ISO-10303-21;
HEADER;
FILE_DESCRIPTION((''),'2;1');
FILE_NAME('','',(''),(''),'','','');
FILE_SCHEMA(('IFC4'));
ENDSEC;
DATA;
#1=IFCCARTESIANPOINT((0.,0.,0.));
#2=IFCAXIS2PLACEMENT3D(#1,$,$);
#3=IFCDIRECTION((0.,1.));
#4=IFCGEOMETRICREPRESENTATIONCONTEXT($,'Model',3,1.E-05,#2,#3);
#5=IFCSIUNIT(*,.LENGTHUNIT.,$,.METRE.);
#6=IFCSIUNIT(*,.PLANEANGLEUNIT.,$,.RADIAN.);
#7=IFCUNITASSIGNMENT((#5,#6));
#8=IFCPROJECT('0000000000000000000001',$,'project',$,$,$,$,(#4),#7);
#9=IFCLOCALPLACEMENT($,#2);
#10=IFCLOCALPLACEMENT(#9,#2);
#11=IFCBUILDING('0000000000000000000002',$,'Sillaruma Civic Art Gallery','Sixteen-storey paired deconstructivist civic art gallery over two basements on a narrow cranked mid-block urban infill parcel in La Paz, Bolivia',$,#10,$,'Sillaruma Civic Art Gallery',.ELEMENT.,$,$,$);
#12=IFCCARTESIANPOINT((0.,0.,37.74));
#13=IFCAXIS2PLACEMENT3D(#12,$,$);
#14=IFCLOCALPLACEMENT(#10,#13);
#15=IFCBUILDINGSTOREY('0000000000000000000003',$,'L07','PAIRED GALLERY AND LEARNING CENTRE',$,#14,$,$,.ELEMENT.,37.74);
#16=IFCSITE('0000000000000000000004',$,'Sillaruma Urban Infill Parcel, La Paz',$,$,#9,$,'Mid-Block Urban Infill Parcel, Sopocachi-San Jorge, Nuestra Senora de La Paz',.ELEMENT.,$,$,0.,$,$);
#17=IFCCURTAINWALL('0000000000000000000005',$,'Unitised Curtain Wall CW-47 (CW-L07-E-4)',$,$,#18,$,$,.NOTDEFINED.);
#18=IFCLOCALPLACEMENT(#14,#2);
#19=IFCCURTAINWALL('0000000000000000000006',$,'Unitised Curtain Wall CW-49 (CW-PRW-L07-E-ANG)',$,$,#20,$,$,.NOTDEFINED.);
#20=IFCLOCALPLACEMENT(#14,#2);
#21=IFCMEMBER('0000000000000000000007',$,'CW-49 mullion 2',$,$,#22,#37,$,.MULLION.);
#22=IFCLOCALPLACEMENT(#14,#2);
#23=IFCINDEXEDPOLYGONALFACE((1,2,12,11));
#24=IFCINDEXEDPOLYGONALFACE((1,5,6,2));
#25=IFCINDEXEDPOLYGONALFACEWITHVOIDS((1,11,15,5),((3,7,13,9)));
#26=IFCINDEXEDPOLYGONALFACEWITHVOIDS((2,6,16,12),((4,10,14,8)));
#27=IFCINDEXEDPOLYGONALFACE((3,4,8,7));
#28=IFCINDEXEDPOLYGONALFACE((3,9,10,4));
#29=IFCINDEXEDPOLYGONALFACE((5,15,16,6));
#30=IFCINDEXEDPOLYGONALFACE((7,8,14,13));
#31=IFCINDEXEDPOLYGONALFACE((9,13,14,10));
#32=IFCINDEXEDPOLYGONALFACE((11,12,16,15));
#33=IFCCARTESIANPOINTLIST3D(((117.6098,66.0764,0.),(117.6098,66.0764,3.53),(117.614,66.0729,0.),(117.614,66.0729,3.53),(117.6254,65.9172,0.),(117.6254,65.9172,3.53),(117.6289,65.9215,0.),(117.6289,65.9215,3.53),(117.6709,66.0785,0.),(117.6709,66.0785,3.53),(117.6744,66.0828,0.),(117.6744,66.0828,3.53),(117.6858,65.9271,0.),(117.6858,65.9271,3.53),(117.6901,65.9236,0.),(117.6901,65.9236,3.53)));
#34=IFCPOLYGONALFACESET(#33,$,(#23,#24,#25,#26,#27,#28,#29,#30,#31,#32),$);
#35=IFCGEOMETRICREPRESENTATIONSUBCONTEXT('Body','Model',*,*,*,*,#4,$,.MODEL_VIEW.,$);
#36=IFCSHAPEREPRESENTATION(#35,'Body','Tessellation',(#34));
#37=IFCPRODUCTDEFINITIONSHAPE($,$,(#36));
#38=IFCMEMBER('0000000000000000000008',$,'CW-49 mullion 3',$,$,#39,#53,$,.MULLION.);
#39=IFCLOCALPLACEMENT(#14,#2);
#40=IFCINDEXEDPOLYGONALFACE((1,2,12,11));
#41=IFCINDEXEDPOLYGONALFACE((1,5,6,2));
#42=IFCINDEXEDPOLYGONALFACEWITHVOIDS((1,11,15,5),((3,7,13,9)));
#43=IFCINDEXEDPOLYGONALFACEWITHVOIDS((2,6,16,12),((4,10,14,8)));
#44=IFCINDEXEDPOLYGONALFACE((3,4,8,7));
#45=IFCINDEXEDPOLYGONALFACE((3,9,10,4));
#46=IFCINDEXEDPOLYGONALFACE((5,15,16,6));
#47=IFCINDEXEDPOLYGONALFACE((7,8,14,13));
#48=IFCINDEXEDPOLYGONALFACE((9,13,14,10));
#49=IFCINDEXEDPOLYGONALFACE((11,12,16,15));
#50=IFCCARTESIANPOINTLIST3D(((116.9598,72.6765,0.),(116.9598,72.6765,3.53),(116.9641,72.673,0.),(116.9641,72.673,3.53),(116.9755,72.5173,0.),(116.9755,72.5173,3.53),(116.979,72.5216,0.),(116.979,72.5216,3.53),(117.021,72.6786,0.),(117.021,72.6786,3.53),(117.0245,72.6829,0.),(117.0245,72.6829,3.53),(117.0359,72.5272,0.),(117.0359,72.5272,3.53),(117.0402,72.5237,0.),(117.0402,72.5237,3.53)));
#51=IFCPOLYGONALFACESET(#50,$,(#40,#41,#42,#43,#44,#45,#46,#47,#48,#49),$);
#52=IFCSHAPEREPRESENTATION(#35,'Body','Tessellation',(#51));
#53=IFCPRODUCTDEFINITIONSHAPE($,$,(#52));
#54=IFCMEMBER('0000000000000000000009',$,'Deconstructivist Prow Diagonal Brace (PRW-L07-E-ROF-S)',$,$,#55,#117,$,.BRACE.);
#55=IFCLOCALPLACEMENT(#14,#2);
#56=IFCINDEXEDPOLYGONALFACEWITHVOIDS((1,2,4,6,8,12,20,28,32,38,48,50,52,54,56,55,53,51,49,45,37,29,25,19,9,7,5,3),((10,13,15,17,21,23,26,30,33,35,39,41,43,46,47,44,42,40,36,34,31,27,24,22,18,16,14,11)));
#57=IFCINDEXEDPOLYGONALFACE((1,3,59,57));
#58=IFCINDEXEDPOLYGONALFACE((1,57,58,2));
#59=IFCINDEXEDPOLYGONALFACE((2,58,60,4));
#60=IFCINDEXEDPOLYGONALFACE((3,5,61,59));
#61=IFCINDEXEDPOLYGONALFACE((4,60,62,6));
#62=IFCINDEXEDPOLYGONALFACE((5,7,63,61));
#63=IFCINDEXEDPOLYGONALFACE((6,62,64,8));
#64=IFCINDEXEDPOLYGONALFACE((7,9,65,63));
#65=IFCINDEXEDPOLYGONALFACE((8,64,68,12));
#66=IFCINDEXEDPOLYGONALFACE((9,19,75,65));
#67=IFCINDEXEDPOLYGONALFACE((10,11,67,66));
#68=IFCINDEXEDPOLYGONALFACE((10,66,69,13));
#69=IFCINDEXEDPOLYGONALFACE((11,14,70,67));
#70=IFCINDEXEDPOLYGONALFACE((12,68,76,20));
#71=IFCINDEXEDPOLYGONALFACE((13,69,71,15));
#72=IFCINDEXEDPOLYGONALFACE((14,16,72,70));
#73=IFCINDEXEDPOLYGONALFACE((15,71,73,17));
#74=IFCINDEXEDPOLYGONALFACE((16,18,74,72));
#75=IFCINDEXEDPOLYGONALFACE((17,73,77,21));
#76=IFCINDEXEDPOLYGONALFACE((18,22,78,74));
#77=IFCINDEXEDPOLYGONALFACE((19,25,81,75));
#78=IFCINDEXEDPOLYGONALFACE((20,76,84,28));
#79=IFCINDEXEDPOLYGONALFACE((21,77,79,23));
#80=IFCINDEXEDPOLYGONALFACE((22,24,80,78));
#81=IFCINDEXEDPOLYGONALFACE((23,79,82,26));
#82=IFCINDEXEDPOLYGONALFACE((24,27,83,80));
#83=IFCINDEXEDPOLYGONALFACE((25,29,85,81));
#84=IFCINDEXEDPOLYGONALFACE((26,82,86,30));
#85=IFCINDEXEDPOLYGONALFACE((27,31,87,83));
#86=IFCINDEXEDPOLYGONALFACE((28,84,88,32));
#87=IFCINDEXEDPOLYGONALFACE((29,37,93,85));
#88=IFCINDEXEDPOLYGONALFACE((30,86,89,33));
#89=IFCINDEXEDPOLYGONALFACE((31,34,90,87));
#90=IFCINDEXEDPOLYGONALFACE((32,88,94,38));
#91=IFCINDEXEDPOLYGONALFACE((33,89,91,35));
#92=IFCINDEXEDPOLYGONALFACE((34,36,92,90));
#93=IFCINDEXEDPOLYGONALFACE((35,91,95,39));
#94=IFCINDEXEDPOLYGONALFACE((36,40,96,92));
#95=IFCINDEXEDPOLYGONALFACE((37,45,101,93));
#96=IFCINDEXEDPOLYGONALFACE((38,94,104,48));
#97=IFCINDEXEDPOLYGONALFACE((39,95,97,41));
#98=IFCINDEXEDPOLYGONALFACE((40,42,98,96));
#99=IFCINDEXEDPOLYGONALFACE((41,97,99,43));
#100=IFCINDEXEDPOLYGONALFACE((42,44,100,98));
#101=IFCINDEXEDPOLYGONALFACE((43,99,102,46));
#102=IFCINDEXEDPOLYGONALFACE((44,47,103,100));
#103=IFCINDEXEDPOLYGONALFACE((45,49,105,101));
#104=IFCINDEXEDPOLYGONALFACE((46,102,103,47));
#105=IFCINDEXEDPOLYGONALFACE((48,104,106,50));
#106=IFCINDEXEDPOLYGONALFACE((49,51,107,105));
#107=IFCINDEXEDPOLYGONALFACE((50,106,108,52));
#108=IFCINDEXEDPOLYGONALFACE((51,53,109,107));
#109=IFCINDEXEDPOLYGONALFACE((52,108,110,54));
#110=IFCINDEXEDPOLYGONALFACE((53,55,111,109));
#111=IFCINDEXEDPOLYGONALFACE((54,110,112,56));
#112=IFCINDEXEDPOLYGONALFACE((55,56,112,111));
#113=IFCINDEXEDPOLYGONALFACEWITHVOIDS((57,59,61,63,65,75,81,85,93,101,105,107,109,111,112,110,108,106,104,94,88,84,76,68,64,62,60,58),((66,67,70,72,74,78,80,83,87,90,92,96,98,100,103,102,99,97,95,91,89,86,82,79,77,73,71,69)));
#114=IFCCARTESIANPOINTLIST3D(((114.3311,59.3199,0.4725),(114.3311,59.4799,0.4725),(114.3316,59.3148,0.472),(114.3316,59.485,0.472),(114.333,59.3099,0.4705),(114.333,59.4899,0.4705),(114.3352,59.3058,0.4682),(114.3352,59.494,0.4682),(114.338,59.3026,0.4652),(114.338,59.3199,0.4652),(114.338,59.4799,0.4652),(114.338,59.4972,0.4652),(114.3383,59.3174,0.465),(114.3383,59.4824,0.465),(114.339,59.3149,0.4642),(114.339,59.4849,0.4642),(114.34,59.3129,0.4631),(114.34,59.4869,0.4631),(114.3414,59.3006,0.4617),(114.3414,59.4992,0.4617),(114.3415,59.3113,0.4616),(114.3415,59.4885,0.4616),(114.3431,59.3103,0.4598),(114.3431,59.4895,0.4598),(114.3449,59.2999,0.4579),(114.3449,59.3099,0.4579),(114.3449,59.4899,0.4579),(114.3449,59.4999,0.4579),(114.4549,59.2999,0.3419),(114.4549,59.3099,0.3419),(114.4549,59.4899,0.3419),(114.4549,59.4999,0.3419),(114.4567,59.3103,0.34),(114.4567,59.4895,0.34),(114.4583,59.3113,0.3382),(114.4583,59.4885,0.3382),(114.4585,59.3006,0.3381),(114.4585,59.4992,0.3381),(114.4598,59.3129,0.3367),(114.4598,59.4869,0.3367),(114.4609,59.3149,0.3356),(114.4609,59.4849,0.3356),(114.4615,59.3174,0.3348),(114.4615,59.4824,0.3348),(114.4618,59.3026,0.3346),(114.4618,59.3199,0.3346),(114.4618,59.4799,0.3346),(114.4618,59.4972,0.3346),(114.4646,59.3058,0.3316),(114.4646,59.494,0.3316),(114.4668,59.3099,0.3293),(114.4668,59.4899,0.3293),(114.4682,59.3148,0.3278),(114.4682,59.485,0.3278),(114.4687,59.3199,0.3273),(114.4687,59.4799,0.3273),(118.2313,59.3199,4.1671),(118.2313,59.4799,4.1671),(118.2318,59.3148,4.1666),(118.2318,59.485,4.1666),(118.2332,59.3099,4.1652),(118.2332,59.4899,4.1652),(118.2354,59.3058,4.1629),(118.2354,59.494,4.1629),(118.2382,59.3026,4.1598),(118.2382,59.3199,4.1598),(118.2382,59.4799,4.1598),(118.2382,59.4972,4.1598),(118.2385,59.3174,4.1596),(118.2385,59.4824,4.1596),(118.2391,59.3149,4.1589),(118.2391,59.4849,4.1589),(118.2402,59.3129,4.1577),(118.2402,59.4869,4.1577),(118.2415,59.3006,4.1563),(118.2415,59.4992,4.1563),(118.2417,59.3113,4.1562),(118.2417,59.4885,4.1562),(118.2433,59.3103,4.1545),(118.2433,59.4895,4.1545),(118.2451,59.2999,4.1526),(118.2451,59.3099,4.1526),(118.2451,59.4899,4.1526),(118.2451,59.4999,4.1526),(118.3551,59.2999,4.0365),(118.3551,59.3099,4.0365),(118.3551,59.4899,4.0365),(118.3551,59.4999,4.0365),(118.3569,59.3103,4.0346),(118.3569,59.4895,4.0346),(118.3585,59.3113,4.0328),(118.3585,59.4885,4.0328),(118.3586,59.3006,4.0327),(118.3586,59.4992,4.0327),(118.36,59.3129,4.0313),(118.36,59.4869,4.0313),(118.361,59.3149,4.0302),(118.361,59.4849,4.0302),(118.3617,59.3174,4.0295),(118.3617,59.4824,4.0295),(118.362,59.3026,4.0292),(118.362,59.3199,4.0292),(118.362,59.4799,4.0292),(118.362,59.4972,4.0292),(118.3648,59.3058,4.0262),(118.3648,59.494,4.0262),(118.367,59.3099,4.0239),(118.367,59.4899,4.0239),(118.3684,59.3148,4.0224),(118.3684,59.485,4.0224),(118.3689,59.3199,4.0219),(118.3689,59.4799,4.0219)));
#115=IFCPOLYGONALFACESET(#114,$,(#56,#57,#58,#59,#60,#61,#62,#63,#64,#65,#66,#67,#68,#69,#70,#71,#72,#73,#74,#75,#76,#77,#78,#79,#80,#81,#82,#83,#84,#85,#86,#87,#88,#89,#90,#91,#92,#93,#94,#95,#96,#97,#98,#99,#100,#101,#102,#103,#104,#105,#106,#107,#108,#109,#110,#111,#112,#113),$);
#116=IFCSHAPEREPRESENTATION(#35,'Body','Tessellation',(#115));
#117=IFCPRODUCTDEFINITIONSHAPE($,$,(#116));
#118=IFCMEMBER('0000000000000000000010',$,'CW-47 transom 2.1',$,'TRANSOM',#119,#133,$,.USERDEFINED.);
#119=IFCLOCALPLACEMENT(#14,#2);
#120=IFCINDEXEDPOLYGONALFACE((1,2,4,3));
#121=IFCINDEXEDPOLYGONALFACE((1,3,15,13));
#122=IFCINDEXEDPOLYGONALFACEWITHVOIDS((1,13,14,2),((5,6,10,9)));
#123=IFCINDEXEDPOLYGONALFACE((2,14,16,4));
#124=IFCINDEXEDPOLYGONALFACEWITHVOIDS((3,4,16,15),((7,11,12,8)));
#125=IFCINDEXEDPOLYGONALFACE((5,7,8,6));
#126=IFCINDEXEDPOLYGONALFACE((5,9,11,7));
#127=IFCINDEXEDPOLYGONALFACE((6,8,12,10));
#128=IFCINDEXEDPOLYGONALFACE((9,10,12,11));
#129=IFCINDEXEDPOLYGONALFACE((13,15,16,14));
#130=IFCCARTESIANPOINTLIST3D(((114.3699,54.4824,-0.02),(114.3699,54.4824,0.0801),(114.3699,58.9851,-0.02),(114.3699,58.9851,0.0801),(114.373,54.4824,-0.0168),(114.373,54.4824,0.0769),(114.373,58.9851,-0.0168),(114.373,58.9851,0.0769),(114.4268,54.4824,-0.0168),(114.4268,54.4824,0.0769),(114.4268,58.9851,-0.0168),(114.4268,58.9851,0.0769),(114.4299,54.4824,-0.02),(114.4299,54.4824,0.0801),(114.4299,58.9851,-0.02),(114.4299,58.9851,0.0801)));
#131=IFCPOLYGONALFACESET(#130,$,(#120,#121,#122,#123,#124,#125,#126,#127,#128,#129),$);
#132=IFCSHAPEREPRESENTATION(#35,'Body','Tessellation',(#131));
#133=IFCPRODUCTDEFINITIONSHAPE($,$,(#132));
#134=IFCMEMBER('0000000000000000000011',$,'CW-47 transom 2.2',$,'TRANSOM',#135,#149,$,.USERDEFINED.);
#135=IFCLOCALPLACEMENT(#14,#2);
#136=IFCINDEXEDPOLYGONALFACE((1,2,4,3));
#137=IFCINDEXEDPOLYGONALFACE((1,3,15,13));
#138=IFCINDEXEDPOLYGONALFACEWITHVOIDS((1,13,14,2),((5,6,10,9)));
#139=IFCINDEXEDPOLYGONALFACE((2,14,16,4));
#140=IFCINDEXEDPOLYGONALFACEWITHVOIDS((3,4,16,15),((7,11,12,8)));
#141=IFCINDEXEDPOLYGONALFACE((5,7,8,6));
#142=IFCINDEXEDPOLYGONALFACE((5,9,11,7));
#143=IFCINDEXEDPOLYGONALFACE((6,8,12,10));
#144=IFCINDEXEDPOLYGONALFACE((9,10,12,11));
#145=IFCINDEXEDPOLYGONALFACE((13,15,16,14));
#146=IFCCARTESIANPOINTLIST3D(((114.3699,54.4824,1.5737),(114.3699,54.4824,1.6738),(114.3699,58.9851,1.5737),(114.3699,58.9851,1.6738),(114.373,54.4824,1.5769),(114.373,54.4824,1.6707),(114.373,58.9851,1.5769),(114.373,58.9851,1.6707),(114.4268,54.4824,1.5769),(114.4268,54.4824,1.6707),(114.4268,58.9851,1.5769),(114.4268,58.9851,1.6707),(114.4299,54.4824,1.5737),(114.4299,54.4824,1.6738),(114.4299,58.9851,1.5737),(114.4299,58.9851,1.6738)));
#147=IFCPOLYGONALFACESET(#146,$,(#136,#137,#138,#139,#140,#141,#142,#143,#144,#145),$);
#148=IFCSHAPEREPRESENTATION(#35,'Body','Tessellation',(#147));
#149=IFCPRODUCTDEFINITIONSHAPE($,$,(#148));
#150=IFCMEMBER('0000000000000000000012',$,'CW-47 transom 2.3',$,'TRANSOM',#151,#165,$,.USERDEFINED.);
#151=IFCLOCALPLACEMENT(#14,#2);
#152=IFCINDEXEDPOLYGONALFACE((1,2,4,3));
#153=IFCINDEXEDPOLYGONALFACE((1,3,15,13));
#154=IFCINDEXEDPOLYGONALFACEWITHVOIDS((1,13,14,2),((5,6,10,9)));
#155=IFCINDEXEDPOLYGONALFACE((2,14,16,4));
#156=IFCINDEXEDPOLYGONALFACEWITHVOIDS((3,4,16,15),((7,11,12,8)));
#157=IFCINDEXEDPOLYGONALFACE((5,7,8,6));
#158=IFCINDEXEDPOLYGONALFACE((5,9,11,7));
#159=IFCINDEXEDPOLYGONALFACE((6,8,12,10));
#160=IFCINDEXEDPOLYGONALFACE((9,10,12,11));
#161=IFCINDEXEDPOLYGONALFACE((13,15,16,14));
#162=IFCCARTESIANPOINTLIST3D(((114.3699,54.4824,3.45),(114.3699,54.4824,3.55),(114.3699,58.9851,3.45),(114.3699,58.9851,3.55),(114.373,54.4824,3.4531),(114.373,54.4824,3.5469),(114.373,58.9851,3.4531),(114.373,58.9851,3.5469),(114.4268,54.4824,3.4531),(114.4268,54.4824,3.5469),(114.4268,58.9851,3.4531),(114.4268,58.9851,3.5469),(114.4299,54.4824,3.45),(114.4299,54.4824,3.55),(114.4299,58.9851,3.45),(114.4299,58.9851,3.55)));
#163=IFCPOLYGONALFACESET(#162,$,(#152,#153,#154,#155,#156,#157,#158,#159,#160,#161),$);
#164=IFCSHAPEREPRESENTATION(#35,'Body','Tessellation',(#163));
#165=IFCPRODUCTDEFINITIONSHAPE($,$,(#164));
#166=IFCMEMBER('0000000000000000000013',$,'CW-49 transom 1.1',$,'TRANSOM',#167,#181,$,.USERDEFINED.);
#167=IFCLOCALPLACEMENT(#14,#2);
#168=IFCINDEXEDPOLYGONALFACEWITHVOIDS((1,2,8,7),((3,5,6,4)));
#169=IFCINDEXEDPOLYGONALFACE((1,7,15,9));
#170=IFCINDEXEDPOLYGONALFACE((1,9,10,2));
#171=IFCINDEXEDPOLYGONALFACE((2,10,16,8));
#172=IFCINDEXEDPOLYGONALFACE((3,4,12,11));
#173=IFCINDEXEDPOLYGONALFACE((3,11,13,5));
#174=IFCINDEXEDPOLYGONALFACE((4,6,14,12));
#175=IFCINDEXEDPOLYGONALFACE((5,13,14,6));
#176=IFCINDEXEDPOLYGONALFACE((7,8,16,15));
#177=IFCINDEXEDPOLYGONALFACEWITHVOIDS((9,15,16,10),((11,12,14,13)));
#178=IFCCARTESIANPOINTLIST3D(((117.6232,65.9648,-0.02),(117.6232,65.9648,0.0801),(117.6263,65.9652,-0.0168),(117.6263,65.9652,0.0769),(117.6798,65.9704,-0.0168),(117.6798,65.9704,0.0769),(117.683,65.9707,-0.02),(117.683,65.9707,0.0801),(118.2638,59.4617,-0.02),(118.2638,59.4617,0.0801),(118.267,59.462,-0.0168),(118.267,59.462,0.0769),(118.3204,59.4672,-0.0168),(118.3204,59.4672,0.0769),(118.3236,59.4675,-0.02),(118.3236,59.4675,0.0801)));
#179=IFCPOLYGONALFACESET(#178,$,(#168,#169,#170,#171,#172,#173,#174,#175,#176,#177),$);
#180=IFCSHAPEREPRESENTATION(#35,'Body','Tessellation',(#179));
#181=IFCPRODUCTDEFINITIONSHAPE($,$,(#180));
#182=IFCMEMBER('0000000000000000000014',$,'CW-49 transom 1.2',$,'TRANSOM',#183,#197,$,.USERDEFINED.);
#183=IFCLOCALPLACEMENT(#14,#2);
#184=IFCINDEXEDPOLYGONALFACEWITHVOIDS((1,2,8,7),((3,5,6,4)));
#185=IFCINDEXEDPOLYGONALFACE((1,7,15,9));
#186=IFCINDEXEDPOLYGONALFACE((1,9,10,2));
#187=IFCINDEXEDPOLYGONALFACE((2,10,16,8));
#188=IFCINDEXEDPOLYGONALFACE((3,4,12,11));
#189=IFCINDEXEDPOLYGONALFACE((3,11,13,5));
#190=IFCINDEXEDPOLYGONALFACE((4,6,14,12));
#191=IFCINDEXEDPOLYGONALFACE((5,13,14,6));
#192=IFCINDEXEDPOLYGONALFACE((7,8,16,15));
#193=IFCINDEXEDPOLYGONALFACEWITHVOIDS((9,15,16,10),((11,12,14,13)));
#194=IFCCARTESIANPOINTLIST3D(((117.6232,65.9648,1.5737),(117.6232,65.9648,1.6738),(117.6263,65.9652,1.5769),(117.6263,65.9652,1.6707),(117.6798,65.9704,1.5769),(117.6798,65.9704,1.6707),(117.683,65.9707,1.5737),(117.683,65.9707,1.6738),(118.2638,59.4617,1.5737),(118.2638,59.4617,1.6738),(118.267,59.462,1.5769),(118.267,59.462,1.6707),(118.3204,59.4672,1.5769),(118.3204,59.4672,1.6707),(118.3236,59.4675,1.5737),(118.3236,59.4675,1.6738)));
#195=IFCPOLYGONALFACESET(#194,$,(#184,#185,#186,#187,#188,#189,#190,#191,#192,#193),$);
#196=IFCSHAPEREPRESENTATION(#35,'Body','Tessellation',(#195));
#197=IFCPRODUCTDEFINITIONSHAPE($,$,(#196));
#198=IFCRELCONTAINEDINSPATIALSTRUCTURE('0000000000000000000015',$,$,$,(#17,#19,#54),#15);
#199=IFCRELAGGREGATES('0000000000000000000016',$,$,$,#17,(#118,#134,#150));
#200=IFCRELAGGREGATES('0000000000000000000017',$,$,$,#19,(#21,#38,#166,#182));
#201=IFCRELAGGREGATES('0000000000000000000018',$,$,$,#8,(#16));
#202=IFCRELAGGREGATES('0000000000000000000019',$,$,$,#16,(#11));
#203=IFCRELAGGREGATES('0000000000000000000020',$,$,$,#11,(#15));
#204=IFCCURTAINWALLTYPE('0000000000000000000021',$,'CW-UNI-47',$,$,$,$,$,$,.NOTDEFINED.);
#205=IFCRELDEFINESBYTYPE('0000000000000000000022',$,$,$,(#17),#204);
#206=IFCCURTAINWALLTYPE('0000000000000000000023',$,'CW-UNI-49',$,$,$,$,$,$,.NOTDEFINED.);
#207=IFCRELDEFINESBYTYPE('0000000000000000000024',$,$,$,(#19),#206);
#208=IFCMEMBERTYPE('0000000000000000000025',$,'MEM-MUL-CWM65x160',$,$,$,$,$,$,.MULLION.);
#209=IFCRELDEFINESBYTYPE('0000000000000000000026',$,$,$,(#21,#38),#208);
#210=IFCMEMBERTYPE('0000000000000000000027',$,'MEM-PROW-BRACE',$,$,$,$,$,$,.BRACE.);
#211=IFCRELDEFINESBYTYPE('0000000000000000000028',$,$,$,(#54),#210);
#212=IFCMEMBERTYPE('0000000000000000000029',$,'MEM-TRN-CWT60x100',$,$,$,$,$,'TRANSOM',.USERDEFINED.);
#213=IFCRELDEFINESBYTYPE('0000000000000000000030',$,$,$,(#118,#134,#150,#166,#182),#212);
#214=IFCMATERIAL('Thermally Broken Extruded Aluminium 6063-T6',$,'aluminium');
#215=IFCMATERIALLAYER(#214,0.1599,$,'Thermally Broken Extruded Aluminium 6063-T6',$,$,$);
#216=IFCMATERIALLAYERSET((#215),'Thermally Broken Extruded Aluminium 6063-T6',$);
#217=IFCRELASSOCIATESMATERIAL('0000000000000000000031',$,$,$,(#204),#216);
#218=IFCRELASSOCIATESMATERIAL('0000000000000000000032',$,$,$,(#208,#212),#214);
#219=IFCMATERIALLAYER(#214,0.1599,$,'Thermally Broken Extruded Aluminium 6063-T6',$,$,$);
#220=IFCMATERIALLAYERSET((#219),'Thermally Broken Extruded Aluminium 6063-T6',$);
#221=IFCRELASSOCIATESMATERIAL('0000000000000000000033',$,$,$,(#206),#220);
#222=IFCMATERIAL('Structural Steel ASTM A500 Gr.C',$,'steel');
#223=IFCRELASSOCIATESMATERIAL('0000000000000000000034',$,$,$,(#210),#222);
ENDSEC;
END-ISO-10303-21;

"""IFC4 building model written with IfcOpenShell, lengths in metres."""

from ifc_helpers import new_model, si_unit, direction, frame, origin, origin_2d, place, context, subcontext, project, spatial, hollow_rectangle, extrude, material, layer, layer_set, material_profile, profile_set, type_object, element, aggregate, save


model = new_model("IFC4")

# Units and contexts
model_context = context("Model", 3, precision=1e-05, world=origin(), true_north=direction((0.0, 1.0)))
body_context = subcontext(model_context, "Body", "Model", "MODEL_VIEW")
ifc_project = project(units=[si_unit("LENGTHUNIT", "METRE"), si_unit("PLANEANGLEUNIT", "RADIAN")], contexts=[model_context])

# Site, building, storey
site_placement = place(None, origin())
site = spatial("IfcSite", under=ifc_project, at=site_placement, Name="Sillaruma Urban Infill Parcel, La Paz", LongName="Mid-Block Urban Infill Parcel, Sopocachi-San Jorge, Nuestra Senora de La Paz", CompositionType="ELEMENT", RefElevation=0.0)
building_placement = place(site_placement, origin())
building = spatial("IfcBuilding", under=site, at=building_placement, Name="Sillaruma Civic Art Gallery", Description="Sixteen-storey paired deconstructivist civic art gallery over two basements on a narrow cranked mid-block urban infill parcel in La Paz, Bolivia", LongName="Sillaruma Civic Art Gallery", CompositionType="ELEMENT")
storey_placement = place(building_placement, frame((0.0, 0.0, 37.74)))
storey = spatial("IfcBuildingStorey", under=building, at=storey_placement, Name="L07", Description="PAIRED GALLERY AND LEARNING CENTRE", CompositionType="ELEMENT", Elevation=37.74)

# Curtain walls, members
ifc_material_1 = material(Name="Thermally Broken Extruded Aluminium 6063-T6", Category="aluminium")
ifc_layer_1 = layer(ifc_material_1, 0.1599, Name="Thermally Broken Extruded Aluminium 6063-T6")
ifc_layer_set_1 = layer_set([ifc_layer_1], Name="Thermally Broken Extruded Aluminium 6063-T6")
curtain_wall_type_1 = type_object("IfcCurtainWallType", Name="CW-UNI-47", PredefinedType="NOTDEFINED", material=ifc_layer_set_1)
curtain_wall_1_placement = place(storey_placement, origin())
curtain_wall_1 = element("IfcCurtainWall", 1, at=curtain_wall_1_placement, inside=storey, type_object=curtain_wall_type_1, Name="Unitised Curtain Wall CW-47 (CW-L07-E-4)", PredefinedType="NOTDEFINED")
ifc_material_profile_1 = material_profile(ifc_material_1, hollow_rectangle(XDim=0.0649, YDim=0.1599, WallThickness=0.0039, at=origin_2d()), Name="CWM65x160")
ifc_profile_set_1 = profile_set([ifc_material_profile_1], Name="Thermally Broken Extruded Aluminium 6063-T6")
member_type_1 = type_object("IfcMemberType", Name="MEM-MUL-CWM65x160", PredefinedType="MULLION", material=ifc_profile_set_1)
ifc_layer_2 = layer(ifc_material_1, 0.1599, Name="Thermally Broken Extruded Aluminium 6063-T6")
ifc_layer_set_2 = layer_set([ifc_layer_2], Name="Thermally Broken Extruded Aluminium 6063-T6")
curtain_wall_type_2 = type_object("IfcCurtainWallType", Name="CW-UNI-49", PredefinedType="NOTDEFINED", material=ifc_layer_set_2)
curtain_wall_2_placement = place(storey_placement, origin())
curtain_wall_2 = element("IfcCurtainWall", 2, at=curtain_wall_2_placement, inside=storey, type_object=curtain_wall_type_2, Name="Unitised Curtain Wall CW-49 (CW-PRW-L07-E-ANG)", PredefinedType="NOTDEFINED")
member_1_placement = place(storey_placement, frame((117.6499, 66.0, 0.0), z_axis=(0.0, 0.0, 1.0), x_axis=(-0.995185, -0.098011, 0.0)))
member_1 = element("IfcMember", 3, at=member_1_placement, type_object=member_type_1, Name="CW-49 mullion 2", PredefinedType="MULLION", context=body_context, shape_type="SweptSolid", body=[
    extrude(hollow_rectangle(XDim=0.0649, YDim=0.1599, WallThickness=0.0039, at=origin_2d()), origin(), (0.0, 0.0, 1.0), 3.53),
])
member_2_placement = place(storey_placement, frame((117.0, 72.6001, 0.0), z_axis=(0.0, 0.0, 1.0), x_axis=(-0.995185, -0.098011, 0.0)))
member_2 = element("IfcMember", 4, at=member_2_placement, type_object=member_type_1, Name="CW-49 mullion 3", PredefinedType="MULLION", context=body_context, shape_type="SweptSolid", body=[
    extrude(hollow_rectangle(XDim=0.0649, YDim=0.1599, WallThickness=0.0039, at=origin_2d()), origin(), (0.0, 0.0, 1.0), 3.53),
])

# Members
ifc_material_2 = material(Name="Structural Steel ASTM A500 Gr.C", Category="steel")
ifc_material_profile_2 = material_profile(ifc_material_2, hollow_rectangle(XDim=0.2, YDim=0.2, WallThickness=0.01, InnerFilletRadius=0.01, OuterFilletRadius=0.02, at=origin_2d()), Name="HSS200x200x10")
ifc_profile_set_2 = profile_set([ifc_material_profile_2], Name="Structural Steel ASTM A500 Gr.C")
member_type_2 = type_object("IfcMemberType", Name="MEM-PROW-BRACE", PredefinedType="BRACE", material=ifc_profile_set_2)
member_3_placement = place(storey_placement, frame((114.3999, 59.3999, 0.3999), z_axis=(0.72598, 0.0, 0.687716), x_axis=(0.0, 1.0, 0.0)))
element("IfcMember", 5, at=member_3_placement, inside=storey, type_object=member_type_2, Name="Deconstructivist Prow Diagonal Brace (PRW-L07-E-ROF-S)", PredefinedType="BRACE", context=body_context, shape_type="SweptSolid", body=[
    extrude(hollow_rectangle(XDim=0.2, YDim=0.2, WallThickness=0.01, InnerFilletRadius=0.01, OuterFilletRadius=0.02, at=origin_2d()), origin(), (0.0, 0.0, 1.0), 5.3723),
])
ifc_material_profile_3 = material_profile(ifc_material_1, hollow_rectangle(XDim=0.0601, YDim=0.1001, WallThickness=0.0032, at=origin_2d()), Name="CWT60x100")
ifc_profile_set_3 = profile_set([ifc_material_profile_3], Name="Thermally Broken Extruded Aluminium 6063-T6")
member_type_3 = type_object("IfcMemberType", Name="MEM-TRN-CWT60x100", ElementType="TRANSOM", PredefinedType="USERDEFINED", material=ifc_profile_set_3)
member_4_placement = place(storey_placement, frame((114.3999, 54.4824, 0.03), z_axis=(0.0, 1.0, 0.0), x_axis=(-1.0, 0.0, 0.0)))
member_4 = element("IfcMember", 6, at=member_4_placement, type_object=member_type_3, Name="CW-47 transom 2.1", ObjectType="TRANSOM", PredefinedType="USERDEFINED", context=body_context, shape_type="SweptSolid", body=[
    extrude(hollow_rectangle(XDim=0.0601, YDim=0.1001, WallThickness=0.0032, at=origin_2d()), origin(), (0.0, 0.0, 1.0), 4.5027),
])
member_5_placement = place(storey_placement, frame((114.3999, 54.4824, 1.6238), z_axis=(0.0, 1.0, 0.0), x_axis=(-1.0, 0.0, 0.0)))
member_5 = element("IfcMember", 7, at=member_5_placement, type_object=member_type_3, Name="CW-47 transom 2.2", ObjectType="TRANSOM", PredefinedType="USERDEFINED", context=body_context, shape_type="SweptSolid", body=[
    extrude(hollow_rectangle(XDim=0.0601, YDim=0.1001, WallThickness=0.0032, at=origin_2d()), origin(), (0.0, 0.0, 1.0), 4.5027),
])
member_6_placement = place(storey_placement, frame((114.3999, 54.4824, 3.5), z_axis=(0.0, 1.0, 0.0), x_axis=(-1.0, 0.0, 0.0)))
member_6 = element("IfcMember", 8, at=member_6_placement, type_object=member_type_3, Name="CW-47 transom 2.3", ObjectType="TRANSOM", PredefinedType="USERDEFINED", context=body_context, shape_type="SweptSolid", body=[
    extrude(hollow_rectangle(XDim=0.0601, YDim=0.1001, WallThickness=0.0032, at=origin_2d()), origin(), (0.0, 0.0, 1.0), 4.5027),
])
member_7_placement = place(storey_placement, frame((118.2937, 59.4646, 0.03), z_axis=(-0.098035, 0.995183, 0.0), x_axis=(-0.995183, -0.098035, 0.0)))
member_7 = element("IfcMember", 9, at=member_7_placement, type_object=member_type_3, Name="CW-49 transom 1.1", ObjectType="TRANSOM", PredefinedType="USERDEFINED", context=body_context, shape_type="SweptSolid", body=[
    extrude(hollow_rectangle(XDim=0.0601, YDim=0.1001, WallThickness=0.0032, at=origin_2d()), origin(), (0.0, 0.0, 1.0), 6.5347),
])
member_8_placement = place(storey_placement, frame((118.2937, 59.4646, 1.6238), z_axis=(-0.098035, 0.995183, 0.0), x_axis=(-0.995183, -0.098035, 0.0)))
member_8 = element("IfcMember", 10, at=member_8_placement, type_object=member_type_3, Name="CW-49 transom 1.2", ObjectType="TRANSOM", PredefinedType="USERDEFINED", context=body_context, shape_type="SweptSolid", body=[
    extrude(hollow_rectangle(XDim=0.0601, YDim=0.1001, WallThickness=0.0032, at=origin_2d()), origin(), (0.0, 0.0, 1.0), 6.5347),
])

aggregate(curtain_wall_1, [member_4, member_5, member_6])
aggregate(curtain_wall_2, [member_1, member_2, member_7, member_8])

save(model, "model.ifc")
